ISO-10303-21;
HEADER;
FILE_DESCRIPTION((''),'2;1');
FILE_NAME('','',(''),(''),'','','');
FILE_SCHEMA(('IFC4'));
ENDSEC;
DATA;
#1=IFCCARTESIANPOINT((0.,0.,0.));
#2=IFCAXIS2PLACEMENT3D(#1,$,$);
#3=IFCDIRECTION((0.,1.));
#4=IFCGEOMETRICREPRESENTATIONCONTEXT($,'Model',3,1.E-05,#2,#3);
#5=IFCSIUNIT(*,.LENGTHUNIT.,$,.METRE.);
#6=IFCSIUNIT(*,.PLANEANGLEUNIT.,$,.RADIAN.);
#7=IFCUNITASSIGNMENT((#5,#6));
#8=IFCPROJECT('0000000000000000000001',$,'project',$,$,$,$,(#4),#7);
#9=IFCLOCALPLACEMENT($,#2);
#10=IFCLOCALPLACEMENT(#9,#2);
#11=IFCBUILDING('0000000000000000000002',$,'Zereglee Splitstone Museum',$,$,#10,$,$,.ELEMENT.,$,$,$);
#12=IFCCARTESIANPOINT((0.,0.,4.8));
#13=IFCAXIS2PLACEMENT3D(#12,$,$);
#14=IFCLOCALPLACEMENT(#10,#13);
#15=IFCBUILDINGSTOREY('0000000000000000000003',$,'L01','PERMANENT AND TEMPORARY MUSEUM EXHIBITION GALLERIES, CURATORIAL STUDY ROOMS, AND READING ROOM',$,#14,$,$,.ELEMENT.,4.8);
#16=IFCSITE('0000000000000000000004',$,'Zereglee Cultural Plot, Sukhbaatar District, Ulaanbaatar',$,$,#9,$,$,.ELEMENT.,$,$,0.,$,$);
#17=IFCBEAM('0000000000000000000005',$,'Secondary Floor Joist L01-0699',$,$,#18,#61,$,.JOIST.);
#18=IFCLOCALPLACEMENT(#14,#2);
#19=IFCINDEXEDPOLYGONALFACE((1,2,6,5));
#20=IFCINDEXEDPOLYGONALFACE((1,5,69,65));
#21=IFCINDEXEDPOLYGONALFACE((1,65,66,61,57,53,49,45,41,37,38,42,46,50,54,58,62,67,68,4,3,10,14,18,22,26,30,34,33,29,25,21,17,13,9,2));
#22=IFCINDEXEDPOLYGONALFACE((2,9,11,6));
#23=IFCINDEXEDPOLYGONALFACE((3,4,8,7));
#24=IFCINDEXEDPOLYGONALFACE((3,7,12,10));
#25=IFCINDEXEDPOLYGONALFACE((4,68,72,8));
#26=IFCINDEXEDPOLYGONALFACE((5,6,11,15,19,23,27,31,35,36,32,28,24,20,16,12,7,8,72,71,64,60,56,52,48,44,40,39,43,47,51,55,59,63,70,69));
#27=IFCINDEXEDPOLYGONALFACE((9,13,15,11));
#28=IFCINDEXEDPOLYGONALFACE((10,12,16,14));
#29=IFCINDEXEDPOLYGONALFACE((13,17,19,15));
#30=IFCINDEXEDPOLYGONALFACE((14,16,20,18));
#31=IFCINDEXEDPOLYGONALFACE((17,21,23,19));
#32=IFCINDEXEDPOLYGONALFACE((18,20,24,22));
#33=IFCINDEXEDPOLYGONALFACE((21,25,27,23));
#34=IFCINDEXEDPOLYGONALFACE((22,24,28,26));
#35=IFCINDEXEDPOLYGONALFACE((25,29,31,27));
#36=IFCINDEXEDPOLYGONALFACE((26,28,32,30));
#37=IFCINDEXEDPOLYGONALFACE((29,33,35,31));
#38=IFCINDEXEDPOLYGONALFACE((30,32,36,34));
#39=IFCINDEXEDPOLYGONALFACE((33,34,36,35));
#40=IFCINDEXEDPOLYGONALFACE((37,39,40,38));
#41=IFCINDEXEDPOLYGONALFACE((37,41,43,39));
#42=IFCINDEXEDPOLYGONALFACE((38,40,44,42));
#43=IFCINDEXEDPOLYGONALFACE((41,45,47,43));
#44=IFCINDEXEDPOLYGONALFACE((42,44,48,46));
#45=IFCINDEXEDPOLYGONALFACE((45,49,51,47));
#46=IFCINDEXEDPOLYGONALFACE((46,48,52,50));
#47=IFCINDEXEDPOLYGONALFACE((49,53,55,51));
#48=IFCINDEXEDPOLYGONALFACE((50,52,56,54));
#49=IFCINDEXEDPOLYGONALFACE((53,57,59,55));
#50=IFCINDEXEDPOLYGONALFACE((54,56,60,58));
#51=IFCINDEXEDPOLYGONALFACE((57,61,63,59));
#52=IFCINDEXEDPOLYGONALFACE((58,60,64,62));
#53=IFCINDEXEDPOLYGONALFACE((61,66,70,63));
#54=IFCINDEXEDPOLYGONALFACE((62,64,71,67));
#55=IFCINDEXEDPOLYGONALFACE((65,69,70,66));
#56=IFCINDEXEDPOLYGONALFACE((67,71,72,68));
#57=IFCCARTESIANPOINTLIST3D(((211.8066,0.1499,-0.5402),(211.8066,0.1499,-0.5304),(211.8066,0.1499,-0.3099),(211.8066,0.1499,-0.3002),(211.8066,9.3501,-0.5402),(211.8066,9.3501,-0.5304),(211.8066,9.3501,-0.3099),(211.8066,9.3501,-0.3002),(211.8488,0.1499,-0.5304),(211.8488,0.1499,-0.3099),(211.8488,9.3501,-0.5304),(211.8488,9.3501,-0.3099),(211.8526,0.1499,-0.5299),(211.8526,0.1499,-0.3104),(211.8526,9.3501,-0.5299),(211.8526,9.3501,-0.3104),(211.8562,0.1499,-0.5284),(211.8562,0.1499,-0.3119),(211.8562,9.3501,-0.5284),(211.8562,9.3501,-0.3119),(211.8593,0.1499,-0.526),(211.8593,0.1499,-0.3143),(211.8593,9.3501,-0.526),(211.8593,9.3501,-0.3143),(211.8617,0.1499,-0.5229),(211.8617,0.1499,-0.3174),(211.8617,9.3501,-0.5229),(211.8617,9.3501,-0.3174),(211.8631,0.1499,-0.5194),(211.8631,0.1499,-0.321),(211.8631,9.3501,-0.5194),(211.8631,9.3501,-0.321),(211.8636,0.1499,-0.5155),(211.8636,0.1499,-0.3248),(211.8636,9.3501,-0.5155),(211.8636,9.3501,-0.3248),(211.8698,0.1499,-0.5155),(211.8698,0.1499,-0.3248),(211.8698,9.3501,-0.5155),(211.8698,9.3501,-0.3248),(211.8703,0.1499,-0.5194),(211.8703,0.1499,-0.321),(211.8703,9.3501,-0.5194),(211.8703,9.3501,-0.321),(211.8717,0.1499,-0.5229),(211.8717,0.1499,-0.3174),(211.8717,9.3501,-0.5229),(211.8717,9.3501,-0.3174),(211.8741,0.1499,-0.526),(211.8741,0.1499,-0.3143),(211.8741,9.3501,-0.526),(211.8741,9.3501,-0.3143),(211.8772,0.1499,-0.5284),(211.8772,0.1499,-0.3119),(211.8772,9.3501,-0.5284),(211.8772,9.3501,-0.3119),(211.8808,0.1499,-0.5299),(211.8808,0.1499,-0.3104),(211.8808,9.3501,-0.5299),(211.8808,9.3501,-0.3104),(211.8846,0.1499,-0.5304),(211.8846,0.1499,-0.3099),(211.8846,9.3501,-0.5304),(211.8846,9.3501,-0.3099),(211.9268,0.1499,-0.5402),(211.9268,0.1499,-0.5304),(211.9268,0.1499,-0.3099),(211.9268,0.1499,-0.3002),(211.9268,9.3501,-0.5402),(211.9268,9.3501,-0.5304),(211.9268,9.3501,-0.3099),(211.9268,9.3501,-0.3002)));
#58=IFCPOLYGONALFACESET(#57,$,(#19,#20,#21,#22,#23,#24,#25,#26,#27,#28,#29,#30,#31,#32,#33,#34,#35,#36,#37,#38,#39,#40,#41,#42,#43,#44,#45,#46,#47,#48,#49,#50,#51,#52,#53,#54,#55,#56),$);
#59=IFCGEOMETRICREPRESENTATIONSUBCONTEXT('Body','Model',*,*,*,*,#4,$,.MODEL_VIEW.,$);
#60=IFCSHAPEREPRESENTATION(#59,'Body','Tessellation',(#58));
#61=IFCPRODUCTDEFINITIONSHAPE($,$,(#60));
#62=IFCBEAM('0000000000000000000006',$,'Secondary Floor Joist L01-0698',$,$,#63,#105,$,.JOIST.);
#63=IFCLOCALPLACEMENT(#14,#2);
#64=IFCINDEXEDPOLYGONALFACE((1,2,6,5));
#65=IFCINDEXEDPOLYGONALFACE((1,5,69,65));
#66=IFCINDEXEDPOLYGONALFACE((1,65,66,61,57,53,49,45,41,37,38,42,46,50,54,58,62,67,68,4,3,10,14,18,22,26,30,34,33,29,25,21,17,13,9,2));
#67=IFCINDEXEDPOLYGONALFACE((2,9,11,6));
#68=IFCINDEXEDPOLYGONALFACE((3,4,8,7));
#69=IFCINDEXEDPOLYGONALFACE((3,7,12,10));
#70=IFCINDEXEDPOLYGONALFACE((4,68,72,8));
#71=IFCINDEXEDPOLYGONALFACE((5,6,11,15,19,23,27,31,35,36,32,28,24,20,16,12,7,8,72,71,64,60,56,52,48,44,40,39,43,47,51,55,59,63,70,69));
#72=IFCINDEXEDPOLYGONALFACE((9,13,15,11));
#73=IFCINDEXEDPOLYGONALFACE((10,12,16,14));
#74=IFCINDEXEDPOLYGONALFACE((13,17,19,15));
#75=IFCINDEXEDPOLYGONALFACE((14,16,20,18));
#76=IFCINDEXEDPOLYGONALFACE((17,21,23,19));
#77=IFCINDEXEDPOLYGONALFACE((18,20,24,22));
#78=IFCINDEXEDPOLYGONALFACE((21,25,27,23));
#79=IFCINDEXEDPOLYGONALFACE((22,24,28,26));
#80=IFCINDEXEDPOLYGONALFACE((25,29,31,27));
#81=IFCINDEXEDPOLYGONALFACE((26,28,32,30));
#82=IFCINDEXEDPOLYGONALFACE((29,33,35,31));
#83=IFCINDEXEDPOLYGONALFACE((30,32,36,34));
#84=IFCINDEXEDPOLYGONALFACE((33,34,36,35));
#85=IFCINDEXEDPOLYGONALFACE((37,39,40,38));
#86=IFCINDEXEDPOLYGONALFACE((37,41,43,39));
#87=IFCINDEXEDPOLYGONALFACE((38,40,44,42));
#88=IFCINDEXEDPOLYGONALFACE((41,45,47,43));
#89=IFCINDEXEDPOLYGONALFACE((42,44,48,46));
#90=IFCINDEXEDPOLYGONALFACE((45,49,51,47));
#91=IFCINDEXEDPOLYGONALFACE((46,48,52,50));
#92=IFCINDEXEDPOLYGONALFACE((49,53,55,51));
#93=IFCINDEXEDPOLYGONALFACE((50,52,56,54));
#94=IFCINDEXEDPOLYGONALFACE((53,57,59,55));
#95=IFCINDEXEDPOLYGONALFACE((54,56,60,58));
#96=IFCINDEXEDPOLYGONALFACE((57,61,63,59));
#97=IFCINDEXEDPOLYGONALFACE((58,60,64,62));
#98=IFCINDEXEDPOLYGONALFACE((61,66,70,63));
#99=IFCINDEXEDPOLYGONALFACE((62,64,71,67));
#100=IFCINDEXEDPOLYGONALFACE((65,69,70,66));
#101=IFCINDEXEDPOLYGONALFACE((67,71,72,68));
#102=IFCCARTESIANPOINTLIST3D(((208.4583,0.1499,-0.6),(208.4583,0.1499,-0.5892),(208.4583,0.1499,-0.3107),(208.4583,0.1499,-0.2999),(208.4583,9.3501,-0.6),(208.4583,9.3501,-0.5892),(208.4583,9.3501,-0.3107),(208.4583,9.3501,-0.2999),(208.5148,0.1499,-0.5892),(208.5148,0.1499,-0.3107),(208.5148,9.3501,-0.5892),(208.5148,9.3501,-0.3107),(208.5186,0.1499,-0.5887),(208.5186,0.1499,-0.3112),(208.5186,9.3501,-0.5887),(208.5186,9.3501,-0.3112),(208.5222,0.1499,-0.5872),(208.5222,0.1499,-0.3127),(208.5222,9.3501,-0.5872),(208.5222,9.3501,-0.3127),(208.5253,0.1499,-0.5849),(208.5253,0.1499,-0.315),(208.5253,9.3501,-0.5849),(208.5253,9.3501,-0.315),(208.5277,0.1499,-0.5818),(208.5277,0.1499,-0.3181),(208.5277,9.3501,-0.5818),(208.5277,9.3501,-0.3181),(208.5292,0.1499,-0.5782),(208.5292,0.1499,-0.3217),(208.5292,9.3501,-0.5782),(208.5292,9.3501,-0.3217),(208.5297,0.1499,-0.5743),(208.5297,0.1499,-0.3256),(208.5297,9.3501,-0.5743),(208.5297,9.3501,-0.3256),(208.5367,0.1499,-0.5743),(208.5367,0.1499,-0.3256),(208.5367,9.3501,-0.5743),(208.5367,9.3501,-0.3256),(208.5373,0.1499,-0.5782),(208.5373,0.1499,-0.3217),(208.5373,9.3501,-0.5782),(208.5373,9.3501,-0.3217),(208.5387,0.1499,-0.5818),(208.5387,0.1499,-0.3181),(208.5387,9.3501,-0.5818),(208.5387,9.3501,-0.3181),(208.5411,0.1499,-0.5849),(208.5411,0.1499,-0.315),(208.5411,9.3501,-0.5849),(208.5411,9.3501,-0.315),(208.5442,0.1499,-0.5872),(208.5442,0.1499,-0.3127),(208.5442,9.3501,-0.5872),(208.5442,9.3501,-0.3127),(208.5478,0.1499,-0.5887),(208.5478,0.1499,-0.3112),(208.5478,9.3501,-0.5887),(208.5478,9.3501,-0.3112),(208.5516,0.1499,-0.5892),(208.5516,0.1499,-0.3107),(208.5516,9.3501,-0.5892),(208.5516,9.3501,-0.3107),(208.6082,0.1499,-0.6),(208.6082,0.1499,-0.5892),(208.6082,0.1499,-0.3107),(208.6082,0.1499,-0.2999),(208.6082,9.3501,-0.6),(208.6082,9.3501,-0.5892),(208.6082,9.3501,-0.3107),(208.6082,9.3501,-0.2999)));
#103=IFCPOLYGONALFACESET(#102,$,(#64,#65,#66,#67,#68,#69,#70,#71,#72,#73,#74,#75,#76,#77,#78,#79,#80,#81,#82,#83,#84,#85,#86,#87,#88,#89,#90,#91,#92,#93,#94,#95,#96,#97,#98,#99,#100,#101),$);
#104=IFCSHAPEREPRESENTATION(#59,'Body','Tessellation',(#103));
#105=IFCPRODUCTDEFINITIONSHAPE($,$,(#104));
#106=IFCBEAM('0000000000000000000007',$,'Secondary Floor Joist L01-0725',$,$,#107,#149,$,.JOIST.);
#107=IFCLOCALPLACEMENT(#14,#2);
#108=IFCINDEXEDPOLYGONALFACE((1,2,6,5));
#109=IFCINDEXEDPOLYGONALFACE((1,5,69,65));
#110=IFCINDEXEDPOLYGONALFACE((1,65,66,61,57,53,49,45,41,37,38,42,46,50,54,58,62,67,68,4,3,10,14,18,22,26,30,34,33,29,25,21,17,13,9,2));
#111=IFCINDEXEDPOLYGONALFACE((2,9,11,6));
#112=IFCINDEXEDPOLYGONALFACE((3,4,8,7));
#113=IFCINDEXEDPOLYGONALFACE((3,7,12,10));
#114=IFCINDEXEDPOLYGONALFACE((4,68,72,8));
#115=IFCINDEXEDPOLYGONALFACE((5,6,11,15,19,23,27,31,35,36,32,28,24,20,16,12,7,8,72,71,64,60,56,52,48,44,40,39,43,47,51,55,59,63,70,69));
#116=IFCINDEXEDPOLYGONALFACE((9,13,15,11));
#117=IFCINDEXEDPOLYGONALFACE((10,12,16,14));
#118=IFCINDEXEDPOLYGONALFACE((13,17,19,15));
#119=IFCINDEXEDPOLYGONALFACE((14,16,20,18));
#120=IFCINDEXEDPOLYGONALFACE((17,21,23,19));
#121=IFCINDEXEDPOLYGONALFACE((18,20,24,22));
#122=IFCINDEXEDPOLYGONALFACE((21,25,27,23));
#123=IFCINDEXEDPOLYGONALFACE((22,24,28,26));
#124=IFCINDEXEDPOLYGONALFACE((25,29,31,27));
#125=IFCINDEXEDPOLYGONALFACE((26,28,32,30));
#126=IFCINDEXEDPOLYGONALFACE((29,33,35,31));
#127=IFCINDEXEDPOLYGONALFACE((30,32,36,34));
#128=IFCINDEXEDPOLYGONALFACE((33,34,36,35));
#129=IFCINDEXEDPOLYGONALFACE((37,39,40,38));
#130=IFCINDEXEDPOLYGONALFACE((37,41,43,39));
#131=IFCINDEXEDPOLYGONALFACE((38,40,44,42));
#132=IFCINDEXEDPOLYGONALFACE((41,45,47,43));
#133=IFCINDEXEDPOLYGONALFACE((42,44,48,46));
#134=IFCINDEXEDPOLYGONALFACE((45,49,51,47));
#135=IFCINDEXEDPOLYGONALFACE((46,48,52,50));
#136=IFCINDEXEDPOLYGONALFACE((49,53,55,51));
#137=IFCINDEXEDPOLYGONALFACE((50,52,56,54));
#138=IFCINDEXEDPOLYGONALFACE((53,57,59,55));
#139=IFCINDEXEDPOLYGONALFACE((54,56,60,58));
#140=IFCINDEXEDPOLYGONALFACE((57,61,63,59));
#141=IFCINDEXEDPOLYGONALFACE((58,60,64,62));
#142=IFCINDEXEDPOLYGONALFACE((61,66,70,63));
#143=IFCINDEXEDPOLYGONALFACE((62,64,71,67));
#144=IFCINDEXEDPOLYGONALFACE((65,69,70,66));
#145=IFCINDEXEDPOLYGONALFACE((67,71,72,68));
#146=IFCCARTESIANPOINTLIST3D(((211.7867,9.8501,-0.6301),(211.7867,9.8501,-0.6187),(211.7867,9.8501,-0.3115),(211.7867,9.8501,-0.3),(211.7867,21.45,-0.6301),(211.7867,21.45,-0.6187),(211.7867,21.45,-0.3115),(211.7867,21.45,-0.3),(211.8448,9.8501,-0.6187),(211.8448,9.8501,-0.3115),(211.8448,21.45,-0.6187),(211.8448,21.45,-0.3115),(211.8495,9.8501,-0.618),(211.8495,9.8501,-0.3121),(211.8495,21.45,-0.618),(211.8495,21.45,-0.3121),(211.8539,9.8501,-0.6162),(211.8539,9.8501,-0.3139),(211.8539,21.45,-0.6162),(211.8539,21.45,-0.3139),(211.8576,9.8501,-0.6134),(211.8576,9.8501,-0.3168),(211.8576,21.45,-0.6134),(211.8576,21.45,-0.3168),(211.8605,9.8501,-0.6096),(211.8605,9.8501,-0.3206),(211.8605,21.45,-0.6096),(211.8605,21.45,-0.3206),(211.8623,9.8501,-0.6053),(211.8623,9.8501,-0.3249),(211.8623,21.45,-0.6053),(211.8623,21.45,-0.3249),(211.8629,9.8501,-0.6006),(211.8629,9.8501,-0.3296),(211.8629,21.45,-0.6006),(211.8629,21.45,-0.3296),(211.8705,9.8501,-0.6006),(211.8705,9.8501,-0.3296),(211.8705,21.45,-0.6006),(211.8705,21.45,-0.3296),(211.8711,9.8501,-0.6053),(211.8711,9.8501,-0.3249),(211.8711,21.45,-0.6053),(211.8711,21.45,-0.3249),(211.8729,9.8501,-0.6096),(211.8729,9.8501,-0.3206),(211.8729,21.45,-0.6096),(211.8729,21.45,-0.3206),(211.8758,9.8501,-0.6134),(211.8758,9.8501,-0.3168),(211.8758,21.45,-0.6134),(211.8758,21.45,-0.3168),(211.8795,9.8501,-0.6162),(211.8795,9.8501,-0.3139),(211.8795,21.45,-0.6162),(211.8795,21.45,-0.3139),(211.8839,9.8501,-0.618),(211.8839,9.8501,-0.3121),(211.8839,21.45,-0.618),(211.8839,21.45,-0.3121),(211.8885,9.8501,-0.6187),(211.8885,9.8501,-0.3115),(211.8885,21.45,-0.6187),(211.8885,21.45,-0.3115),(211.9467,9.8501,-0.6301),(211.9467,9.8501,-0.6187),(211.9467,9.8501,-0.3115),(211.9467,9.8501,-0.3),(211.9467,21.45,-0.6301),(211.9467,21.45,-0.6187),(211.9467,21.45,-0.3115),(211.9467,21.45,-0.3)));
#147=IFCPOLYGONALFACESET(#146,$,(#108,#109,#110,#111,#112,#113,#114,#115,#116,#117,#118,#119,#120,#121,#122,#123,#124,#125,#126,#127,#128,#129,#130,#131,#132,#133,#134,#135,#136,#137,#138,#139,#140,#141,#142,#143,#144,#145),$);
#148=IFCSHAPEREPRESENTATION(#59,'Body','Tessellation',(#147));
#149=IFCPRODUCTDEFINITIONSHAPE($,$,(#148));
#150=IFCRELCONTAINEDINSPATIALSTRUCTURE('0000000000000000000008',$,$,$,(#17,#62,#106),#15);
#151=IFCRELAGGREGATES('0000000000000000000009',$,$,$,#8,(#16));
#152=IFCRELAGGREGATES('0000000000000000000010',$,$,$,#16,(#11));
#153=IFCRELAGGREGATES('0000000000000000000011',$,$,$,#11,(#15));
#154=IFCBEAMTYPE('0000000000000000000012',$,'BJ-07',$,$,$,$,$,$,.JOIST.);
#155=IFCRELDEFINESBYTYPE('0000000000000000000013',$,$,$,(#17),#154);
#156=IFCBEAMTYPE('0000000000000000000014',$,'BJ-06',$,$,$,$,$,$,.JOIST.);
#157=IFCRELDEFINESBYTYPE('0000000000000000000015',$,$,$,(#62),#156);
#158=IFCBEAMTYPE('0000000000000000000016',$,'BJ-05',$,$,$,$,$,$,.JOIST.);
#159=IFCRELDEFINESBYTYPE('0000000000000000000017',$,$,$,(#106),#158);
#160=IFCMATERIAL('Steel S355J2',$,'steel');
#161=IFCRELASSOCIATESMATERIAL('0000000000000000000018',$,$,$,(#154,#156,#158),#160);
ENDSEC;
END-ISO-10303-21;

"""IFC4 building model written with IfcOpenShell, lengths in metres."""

from ifc_helpers import new_model, si_unit, direction, frame, origin, origin_2d, place, context, subcontext, project, spatial, i_section, extrude, material, material_profile, profile_set, type_object, element, save


model = new_model("IFC4")

# Units and contexts
model_context = context("Model", 3, precision=1e-05, world=origin(), true_north=direction((0.0, 1.0)))
body_context = subcontext(model_context, "Body", "Model", "MODEL_VIEW")
ifc_project = project(units=[si_unit("LENGTHUNIT", "METRE"), si_unit("PLANEANGLEUNIT", "RADIAN")], contexts=[model_context])

# Site, building, storey
site_placement = place(None, origin())
site = spatial("IfcSite", under=ifc_project, at=site_placement, Name="Zereglee Cultural Plot, Sukhbaatar District, Ulaanbaatar", CompositionType="ELEMENT", RefElevation=0.0)
building_placement = place(site_placement, origin())
building = spatial("IfcBuilding", under=site, at=building_placement, Name="Zereglee Splitstone Museum", CompositionType="ELEMENT")
storey_placement = place(building_placement, frame((0.0, 0.0, 4.8)))
storey = spatial("IfcBuildingStorey", under=building, at=storey_placement, Name="L01", Description="PERMANENT AND TEMPORARY MUSEUM EXHIBITION GALLERIES, CURATORIAL STUDY ROOMS, AND READING ROOM", CompositionType="ELEMENT", Elevation=4.8)

# Shared definitions
ifc_material_1 = material(Name="Steel S355J2", Category="steel")

# Beams
ifc_material_profile_1 = material_profile(ifc_material_1, i_section(OverallWidth=0.1201, OverallDepth=0.24, WebThickness=0.0061, FlangeThickness=0.0098, FilletRadius=0.0149, at=origin_2d()), Name="IPE 240")
ifc_profile_set_1 = profile_set([ifc_material_profile_1], Name="Steel S355J2")
beam_type_1 = type_object("IfcBeamType", Name="BJ-07", PredefinedType="JOIST", material=ifc_profile_set_1)
beam_1_placement = place(storey_placement, frame((211.8667, 0.1499, -0.4202), z_axis=(0.0, 1.0, 0.0), x_axis=(-1.0, 0.0, 0.0)))
element("IfcBeam", 1, at=beam_1_placement, inside=storey, type_object=beam_type_1, Name="Secondary Floor Joist L01-0699", PredefinedType="JOIST", context=body_context, shape_type="SweptSolid", body=[
    extrude(i_section(OverallWidth=0.1201, OverallDepth=0.24, WebThickness=0.0061, FlangeThickness=0.0098, FilletRadius=0.0149, at=origin_2d()), origin(), (0.0, 0.0, 1.0), 9.2002),
])
ifc_material_profile_2 = material_profile(ifc_material_1, i_section(OverallWidth=0.1499, OverallDepth=0.3, WebThickness=0.0071, FlangeThickness=0.0107, FilletRadius=0.0149, at=origin_2d()), Name="IPE 300")
ifc_profile_set_2 = profile_set([ifc_material_profile_2], Name="Steel S355J2")
beam_type_2 = type_object("IfcBeamType", Name="BJ-06", PredefinedType="JOIST", material=ifc_profile_set_2)
beam_2_placement = place(storey_placement, frame((208.5332, 0.1499, -0.45), z_axis=(0.0, 1.0, 0.0), x_axis=(-1.0, 0.0, 0.0)))
element("IfcBeam", 2, at=beam_2_placement, inside=storey, type_object=beam_type_2, Name="Secondary Floor Joist L01-0698", PredefinedType="JOIST", context=body_context, shape_type="SweptSolid", body=[
    extrude(i_section(OverallWidth=0.1499, OverallDepth=0.3, WebThickness=0.0071, FlangeThickness=0.0107, FilletRadius=0.0149, at=origin_2d()), origin(), (0.0, 0.0, 1.0), 9.2002),
])
ifc_material_profile_3 = material_profile(ifc_material_1, i_section(OverallWidth=0.1599, OverallDepth=0.3301, WebThickness=0.0076, FlangeThickness=0.0115, FilletRadius=0.0181, at=origin_2d()), Name="IPE 330")
ifc_profile_set_3 = profile_set([ifc_material_profile_3], Name="Steel S355J2")
beam_type_3 = type_object("IfcBeamType", Name="BJ-05", PredefinedType="JOIST", material=ifc_profile_set_3)
beam_3_placement = place(storey_placement, frame((211.8667, 9.8501, -0.4651), z_axis=(0.0, 1.0, 0.0), x_axis=(-1.0, 0.0, 0.0)))
element("IfcBeam", 3, at=beam_3_placement, inside=storey, type_object=beam_type_3, Name="Secondary Floor Joist L01-0725", PredefinedType="JOIST", context=body_context, shape_type="SweptSolid", body=[
    extrude(i_section(OverallWidth=0.1599, OverallDepth=0.3301, WebThickness=0.0076, FlangeThickness=0.0115, FilletRadius=0.0181, at=origin_2d()), origin(), (0.0, 0.0, 1.0), 11.5999),
])

save(model, "model.ifc")
